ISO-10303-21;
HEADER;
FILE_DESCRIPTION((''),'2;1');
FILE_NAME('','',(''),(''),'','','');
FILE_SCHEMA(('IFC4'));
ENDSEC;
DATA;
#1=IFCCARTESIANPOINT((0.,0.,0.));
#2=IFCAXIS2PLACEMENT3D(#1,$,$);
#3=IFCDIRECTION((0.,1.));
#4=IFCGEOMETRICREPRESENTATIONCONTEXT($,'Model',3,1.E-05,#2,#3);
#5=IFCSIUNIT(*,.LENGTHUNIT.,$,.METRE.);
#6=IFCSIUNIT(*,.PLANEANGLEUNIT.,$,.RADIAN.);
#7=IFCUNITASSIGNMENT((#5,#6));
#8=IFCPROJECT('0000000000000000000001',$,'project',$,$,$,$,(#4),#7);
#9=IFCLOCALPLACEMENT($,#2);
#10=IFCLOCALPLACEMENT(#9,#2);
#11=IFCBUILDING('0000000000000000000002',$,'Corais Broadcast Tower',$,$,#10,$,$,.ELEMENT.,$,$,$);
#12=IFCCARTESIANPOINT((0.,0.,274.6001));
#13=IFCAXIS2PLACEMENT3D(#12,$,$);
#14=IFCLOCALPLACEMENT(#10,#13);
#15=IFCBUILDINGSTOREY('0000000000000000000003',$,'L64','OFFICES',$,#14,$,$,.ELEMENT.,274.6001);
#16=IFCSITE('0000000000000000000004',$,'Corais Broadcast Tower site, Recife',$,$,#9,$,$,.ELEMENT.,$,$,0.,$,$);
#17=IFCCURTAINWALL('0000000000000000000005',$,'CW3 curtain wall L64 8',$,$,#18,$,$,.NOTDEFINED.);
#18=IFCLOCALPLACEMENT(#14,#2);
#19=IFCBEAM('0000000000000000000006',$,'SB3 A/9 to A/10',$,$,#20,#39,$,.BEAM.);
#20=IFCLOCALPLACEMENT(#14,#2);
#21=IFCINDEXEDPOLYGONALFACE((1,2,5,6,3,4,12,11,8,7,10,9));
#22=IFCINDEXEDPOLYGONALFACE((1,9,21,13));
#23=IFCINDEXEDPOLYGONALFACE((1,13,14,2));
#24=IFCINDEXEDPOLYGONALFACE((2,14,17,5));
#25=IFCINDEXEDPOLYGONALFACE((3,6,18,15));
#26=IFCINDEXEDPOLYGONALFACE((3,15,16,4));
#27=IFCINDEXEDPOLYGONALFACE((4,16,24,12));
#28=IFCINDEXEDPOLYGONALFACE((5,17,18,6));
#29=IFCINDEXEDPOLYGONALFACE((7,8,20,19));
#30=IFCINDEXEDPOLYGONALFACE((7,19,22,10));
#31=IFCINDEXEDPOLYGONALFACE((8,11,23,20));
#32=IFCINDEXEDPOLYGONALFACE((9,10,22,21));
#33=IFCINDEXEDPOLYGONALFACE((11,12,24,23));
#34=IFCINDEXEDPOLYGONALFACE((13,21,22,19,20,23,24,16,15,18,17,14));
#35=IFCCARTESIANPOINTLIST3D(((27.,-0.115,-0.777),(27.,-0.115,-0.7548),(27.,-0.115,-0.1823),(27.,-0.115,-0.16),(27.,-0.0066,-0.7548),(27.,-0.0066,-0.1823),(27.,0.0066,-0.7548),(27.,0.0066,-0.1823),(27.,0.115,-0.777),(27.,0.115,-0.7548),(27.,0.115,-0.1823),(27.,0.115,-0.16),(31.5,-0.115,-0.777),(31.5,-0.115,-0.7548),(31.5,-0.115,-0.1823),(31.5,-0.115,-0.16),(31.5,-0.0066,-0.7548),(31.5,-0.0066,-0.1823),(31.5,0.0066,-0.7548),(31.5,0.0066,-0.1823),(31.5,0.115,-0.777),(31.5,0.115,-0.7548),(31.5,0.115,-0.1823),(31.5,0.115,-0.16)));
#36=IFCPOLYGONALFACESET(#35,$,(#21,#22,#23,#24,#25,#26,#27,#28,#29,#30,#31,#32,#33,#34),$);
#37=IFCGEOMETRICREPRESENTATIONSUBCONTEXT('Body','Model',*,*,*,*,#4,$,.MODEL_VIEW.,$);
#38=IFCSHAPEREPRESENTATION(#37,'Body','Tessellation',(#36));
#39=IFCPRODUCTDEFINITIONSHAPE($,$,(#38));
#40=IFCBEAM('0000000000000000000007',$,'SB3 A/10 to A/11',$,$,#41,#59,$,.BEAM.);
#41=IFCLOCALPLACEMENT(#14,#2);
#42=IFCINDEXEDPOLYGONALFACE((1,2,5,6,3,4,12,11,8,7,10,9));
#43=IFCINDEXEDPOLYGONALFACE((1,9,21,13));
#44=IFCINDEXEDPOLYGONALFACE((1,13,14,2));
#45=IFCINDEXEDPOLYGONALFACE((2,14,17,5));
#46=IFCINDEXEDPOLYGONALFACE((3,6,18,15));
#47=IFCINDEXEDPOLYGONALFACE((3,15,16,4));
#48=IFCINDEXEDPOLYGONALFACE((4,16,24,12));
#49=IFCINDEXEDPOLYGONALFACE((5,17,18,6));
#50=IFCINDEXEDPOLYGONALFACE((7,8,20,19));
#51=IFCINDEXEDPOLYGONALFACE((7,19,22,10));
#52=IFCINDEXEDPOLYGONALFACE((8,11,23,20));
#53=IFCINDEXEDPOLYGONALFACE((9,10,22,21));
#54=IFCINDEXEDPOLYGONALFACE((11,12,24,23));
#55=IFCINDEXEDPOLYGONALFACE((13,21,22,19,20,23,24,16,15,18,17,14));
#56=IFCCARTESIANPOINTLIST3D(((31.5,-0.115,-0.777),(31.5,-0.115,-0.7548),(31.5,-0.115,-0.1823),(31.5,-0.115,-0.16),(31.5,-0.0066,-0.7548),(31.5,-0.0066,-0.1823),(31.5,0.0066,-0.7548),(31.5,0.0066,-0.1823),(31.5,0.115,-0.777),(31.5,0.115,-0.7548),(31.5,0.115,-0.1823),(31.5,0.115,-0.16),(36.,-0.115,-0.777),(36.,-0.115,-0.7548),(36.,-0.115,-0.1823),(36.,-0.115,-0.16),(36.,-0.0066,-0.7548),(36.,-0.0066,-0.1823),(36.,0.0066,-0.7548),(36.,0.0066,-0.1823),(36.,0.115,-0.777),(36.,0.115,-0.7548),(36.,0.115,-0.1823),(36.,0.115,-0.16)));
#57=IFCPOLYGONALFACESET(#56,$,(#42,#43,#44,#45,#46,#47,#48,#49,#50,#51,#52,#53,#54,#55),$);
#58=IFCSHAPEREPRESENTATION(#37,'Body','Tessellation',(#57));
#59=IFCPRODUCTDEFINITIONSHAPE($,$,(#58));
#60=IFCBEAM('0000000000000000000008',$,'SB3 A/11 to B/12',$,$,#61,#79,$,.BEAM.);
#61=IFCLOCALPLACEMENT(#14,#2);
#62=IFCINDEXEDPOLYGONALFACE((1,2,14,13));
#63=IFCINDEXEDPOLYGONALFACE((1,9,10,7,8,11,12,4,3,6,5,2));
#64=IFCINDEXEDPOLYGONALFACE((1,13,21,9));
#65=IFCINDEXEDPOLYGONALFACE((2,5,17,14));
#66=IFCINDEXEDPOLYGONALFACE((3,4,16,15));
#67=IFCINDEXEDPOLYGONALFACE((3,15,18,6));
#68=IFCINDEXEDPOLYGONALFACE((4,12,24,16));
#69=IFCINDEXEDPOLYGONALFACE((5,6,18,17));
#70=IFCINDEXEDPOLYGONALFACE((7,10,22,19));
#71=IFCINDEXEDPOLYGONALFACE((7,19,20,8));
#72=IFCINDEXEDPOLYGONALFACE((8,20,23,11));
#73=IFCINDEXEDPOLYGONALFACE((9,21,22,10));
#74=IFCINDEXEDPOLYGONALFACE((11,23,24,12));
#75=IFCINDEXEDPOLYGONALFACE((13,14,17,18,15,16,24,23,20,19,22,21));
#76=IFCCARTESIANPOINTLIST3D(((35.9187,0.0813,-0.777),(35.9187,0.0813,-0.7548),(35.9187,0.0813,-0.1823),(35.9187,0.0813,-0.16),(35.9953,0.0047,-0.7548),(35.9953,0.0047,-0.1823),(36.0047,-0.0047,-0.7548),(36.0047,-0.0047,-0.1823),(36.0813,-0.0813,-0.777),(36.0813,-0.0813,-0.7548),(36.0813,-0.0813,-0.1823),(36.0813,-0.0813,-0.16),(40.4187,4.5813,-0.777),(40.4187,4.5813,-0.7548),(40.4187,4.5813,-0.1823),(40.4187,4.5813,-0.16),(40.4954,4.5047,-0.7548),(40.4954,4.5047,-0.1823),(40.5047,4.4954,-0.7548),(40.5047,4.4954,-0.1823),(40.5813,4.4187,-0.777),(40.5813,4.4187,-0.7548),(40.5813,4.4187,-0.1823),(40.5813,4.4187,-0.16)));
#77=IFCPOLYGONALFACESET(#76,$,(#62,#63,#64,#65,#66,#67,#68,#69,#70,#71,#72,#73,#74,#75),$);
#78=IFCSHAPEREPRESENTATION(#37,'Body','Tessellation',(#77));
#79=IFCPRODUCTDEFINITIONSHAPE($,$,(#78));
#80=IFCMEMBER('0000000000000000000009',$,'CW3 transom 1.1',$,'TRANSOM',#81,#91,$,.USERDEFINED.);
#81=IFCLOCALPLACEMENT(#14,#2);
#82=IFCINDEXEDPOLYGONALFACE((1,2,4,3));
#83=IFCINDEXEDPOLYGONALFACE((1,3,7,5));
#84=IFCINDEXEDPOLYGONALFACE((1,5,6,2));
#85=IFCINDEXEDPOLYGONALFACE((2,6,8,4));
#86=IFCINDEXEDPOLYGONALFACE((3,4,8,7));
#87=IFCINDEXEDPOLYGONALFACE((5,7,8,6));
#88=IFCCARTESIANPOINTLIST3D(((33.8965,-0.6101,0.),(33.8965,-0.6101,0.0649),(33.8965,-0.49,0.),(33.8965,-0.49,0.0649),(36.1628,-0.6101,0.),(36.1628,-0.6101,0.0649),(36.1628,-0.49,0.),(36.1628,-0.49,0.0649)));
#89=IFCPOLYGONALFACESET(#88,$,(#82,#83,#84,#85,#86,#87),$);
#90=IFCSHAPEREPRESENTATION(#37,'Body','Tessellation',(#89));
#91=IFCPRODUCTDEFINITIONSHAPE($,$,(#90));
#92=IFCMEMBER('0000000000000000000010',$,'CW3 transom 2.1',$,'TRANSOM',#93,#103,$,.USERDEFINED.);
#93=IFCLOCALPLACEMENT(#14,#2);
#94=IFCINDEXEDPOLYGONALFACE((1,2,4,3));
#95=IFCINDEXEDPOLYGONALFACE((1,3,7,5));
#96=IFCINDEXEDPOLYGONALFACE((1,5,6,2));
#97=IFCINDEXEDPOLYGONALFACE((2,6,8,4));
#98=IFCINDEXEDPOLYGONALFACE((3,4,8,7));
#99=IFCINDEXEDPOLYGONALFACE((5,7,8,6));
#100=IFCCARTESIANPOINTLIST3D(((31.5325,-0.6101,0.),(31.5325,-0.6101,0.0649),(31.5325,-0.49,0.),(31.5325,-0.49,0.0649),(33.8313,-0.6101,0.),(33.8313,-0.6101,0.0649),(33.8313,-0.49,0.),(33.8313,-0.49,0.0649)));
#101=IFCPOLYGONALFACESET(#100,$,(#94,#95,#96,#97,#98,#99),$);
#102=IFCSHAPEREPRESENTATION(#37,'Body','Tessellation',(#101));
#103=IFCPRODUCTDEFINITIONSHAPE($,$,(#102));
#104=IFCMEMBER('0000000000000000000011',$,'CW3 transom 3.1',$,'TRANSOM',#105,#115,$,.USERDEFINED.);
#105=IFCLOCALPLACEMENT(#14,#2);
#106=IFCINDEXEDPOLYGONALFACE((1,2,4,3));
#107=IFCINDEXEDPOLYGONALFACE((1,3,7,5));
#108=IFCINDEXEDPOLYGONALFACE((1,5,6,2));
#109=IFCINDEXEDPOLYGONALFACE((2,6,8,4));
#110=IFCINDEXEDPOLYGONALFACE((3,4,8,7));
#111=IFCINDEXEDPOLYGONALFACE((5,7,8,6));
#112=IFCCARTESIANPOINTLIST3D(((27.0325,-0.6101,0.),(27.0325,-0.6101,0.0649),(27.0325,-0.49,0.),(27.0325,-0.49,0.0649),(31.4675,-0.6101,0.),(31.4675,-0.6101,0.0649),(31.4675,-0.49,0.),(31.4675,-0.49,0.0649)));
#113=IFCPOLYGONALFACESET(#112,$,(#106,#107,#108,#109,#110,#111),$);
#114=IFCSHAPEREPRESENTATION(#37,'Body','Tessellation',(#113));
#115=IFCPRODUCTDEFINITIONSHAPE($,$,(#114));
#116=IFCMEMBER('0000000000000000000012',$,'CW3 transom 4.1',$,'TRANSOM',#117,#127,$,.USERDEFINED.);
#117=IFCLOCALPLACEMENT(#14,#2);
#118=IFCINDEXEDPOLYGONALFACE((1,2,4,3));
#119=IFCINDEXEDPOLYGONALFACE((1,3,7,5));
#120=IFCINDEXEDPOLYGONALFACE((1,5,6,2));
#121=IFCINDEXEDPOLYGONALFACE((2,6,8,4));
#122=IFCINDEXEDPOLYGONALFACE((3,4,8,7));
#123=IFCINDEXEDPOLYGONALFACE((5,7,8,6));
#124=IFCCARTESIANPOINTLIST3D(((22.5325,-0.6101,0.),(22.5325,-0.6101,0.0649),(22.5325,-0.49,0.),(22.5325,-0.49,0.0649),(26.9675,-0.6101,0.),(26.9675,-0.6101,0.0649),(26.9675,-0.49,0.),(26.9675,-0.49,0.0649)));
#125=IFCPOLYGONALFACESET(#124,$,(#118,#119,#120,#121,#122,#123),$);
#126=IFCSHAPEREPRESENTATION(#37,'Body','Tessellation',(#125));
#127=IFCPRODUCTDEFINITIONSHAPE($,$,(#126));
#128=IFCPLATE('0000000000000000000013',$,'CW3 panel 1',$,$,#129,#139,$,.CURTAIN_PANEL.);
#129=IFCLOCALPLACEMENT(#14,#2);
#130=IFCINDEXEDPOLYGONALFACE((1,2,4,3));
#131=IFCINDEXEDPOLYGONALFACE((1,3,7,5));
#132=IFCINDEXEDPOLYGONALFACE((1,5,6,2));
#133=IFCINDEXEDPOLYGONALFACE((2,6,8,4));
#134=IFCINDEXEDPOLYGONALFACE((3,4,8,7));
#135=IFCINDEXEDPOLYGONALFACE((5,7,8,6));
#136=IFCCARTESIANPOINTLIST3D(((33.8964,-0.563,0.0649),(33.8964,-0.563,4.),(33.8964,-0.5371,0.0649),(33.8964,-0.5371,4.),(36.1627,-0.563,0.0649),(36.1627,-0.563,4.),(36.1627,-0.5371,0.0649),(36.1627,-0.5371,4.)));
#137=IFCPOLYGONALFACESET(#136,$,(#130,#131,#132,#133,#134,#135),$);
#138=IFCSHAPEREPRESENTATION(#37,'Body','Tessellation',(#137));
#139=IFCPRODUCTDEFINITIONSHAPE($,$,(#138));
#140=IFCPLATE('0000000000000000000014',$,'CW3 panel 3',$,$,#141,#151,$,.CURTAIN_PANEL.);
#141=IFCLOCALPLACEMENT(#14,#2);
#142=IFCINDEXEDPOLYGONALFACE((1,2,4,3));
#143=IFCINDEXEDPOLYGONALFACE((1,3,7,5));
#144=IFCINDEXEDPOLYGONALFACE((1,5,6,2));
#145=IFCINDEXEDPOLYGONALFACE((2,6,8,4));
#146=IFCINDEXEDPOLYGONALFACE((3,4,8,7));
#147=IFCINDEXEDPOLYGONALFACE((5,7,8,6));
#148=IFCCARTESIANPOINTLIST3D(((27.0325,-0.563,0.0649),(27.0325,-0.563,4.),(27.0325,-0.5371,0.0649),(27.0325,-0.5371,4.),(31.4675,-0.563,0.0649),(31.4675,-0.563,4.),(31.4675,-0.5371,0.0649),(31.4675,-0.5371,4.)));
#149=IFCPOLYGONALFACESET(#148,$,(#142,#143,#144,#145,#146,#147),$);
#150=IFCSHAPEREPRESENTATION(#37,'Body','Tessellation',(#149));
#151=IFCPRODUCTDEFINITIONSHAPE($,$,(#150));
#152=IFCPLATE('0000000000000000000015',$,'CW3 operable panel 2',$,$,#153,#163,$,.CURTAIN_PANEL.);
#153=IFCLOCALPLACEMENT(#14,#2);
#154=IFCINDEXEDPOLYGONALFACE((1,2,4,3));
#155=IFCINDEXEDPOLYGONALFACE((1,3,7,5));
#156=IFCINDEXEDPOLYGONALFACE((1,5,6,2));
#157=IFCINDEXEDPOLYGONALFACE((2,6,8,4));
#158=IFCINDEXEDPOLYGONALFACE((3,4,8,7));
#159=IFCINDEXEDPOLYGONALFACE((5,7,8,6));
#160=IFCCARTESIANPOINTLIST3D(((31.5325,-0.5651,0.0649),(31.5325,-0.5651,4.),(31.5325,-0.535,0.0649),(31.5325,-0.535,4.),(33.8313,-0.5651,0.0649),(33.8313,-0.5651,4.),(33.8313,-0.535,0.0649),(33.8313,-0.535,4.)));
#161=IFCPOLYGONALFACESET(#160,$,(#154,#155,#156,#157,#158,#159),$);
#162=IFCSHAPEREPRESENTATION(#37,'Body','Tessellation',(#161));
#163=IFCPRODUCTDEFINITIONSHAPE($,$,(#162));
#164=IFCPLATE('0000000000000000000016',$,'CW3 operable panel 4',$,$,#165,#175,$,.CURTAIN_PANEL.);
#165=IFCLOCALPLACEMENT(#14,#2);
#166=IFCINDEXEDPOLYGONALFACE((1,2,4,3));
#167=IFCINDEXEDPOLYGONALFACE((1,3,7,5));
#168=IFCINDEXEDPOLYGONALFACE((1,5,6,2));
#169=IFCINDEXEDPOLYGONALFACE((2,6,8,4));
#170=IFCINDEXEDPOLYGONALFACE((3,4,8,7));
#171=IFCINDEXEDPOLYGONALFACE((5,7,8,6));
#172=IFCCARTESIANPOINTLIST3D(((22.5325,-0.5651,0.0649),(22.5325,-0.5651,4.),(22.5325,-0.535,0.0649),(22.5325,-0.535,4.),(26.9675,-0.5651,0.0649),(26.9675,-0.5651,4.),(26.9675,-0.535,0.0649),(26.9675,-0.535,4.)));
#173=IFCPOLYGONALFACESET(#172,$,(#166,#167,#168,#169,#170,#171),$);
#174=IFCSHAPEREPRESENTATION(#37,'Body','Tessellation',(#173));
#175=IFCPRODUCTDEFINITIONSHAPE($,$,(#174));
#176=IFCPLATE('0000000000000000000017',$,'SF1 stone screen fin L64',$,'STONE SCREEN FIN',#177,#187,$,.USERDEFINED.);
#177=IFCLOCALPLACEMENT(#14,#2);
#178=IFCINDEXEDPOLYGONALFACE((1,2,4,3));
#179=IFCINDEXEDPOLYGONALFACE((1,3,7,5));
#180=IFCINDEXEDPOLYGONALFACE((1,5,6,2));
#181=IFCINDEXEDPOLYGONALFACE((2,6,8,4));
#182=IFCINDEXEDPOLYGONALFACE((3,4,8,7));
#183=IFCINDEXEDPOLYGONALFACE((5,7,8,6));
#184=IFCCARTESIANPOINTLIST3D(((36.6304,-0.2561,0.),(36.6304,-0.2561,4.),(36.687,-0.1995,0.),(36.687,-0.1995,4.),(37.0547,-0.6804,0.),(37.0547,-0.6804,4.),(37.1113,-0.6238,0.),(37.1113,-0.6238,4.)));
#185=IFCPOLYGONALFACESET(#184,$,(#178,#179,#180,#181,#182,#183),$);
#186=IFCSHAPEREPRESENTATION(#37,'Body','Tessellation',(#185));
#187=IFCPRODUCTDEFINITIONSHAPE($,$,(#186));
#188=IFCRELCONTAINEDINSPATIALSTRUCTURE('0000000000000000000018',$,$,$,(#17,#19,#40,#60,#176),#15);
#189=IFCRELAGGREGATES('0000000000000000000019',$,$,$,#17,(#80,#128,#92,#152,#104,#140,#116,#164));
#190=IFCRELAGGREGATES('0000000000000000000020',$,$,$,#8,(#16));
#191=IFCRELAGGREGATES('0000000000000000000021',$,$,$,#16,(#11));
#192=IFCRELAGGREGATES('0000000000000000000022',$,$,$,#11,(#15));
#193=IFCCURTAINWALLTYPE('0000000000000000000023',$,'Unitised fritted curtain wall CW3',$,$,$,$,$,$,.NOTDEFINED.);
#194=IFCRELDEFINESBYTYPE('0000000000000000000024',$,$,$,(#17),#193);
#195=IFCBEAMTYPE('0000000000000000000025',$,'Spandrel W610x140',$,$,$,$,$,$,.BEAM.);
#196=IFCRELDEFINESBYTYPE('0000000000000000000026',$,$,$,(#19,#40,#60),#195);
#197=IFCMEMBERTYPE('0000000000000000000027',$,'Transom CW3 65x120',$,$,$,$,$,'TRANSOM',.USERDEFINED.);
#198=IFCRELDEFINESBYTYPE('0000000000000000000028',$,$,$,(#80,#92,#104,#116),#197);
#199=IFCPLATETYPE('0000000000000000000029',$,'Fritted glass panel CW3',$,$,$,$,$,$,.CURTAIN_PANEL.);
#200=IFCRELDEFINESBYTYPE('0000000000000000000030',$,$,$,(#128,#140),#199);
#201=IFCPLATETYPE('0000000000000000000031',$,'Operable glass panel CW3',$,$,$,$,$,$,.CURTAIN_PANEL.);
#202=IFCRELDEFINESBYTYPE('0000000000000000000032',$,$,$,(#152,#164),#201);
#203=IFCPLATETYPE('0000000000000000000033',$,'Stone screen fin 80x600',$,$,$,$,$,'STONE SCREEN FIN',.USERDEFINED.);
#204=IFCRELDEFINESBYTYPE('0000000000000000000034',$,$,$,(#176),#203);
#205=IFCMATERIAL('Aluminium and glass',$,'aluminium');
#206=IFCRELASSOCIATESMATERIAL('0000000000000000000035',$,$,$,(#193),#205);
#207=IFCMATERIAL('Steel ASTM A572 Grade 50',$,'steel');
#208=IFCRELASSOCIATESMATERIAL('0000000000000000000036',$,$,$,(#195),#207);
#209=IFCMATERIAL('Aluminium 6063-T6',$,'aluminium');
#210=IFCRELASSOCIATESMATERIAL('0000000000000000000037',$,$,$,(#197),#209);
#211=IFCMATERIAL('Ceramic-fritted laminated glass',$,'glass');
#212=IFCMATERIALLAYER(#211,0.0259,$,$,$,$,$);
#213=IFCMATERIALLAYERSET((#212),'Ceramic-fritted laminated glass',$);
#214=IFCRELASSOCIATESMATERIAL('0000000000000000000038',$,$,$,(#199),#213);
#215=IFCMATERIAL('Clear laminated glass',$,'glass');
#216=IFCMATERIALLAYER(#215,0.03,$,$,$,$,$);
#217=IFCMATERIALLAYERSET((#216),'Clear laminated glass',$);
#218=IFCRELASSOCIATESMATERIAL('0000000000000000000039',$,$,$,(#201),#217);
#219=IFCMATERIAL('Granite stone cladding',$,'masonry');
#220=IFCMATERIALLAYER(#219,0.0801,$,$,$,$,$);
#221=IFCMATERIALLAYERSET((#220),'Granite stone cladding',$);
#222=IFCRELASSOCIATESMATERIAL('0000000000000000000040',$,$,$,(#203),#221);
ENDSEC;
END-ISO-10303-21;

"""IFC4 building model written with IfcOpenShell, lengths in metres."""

from ifc_helpers import new_model, si_unit, direction, frame, origin, origin_2d, place, context, subcontext, project, spatial, rectangle, i_section, extrude, material, layer, layer_set, material_profile, profile_set, type_object, element, aggregate, save


model = new_model("IFC4")

# Units and contexts
model_context = context("Model", 3, precision=1e-05, world=origin(), true_north=direction((0.0, 1.0)))
body_context = subcontext(model_context, "Body", "Model", "MODEL_VIEW")
ifc_project = project(units=[si_unit("LENGTHUNIT", "METRE"), si_unit("PLANEANGLEUNIT", "RADIAN")], contexts=[model_context])

# Site, building, storey
site_placement = place(None, origin())
site = spatial("IfcSite", under=ifc_project, at=site_placement, Name="Corais Broadcast Tower site, Recife", CompositionType="ELEMENT", RefElevation=0.0)
building_placement = place(site_placement, origin())
building = spatial("IfcBuilding", under=site, at=building_placement, Name="Corais Broadcast Tower", CompositionType="ELEMENT")
storey_placement = place(building_placement, frame((0.0, 0.0, 274.6001)))
storey = spatial("IfcBuildingStorey", under=building, at=storey_placement, Name="L64", Description="OFFICES", CompositionType="ELEMENT", Elevation=274.6001)

# Shared definitions
ifc_material_1 = material(Name="Aluminium and glass", Category="aluminium")
curtain_wall_type = type_object("IfcCurtainWallType", Name="Unitised fritted curtain wall CW3", PredefinedType="NOTDEFINED", material=ifc_material_1)

# Curtain wall
curtain_wall_1_placement = place(storey_placement, origin())
curtain_wall_1 = element("IfcCurtainWall", 1, at=curtain_wall_1_placement, inside=storey, type_object=curtain_wall_type, Name="CW3 curtain wall L64 8", PredefinedType="NOTDEFINED")

# Beams
ifc_material_2 = material(Name="Steel ASTM A572 Grade 50", Category="steel")
ifc_material_profile_1 = material_profile(ifc_material_2, i_section(OverallWidth=0.23, OverallDepth=0.6169, WebThickness=0.0132, FlangeThickness=0.0222, at=origin_2d()), Name="W610x140")
ifc_profile_set_1 = profile_set([ifc_material_profile_1], Name="Steel ASTM A572 Grade 50")
beam_type_1 = type_object("IfcBeamType", Name="Spandrel W610x140", PredefinedType="BEAM", material=ifc_profile_set_1)
for number, where, z_axis, x_axis, name in (
    (2, (27.0, 0.0, -0.4685), (1.0, 0.0, 0.0), (0.0, 1.0, 0.0), "SB3 A/9 to A/10"),
    (3, (31.5, 0.0, -0.4685), (1.0, 0.0, 0.0), (0.0, 1.0, 0.0), "SB3 A/10 to A/11"),
):
    element("IfcBeam", number, at=place(storey_placement, frame(where, z_axis=z_axis, x_axis=x_axis)), inside=storey, type_object=beam_type_1, Name=name, PredefinedType="BEAM", context=body_context, shape_type="SweptSolid", body=[
        extrude(i_section(OverallWidth=0.23, OverallDepth=0.6169, WebThickness=0.0132, FlangeThickness=0.0222, at=origin_2d()), origin(), (0.0, 0.0, 1.0), 4.5),
    ])
beam_placement = place(storey_placement, frame((36.0, 0.0, -0.4685), z_axis=(0.707107, 0.707107, 0.0), x_axis=(-0.707107, 0.707107, 0.0)))
element("IfcBeam", 4, at=beam_placement, inside=storey, type_object=beam_type_1, Name="SB3 A/11 to B/12", PredefinedType="BEAM", context=body_context, shape_type="SweptSolid", body=[
    extrude(i_section(OverallWidth=0.23, OverallDepth=0.6169, WebThickness=0.0132, FlangeThickness=0.0222, at=origin_2d()), origin(), (0.0, 0.0, 1.0), 6.364),
])

# Members
ifc_material_3 = material(Name="Aluminium 6063-T6", Category="aluminium")
ifc_material_profile_2 = material_profile(ifc_material_3, rectangle(XDim=0.1201, YDim=0.0649, at=origin_2d()), Name="Transom CW3 65x120")
ifc_profile_set_2 = profile_set([ifc_material_profile_2], Name="Aluminium 6063-T6")
member_type_1 = type_object("IfcMemberType", Name="Transom CW3 65x120", ElementType="TRANSOM", PredefinedType="USERDEFINED", material=ifc_profile_set_2)
member_1_placement = place(storey_placement, frame((36.1628, -0.55, 0.0325), z_axis=(-1.0, 0.0, 0.0), x_axis=(0.0, -1.0, 0.0)))
member_1 = element("IfcMember", 5, at=member_1_placement, type_object=member_type_1, Name="CW3 transom 1.1", ObjectType="TRANSOM", PredefinedType="USERDEFINED", context=body_context, shape_type="SweptSolid", body=[
    extrude(rectangle(XDim=0.1201, YDim=0.0649, at=origin_2d()), origin(), (0.0, 0.0, 1.0), 2.2664),
])
member_2_placement = place(storey_placement, frame((33.8313, -0.55, 0.0325), z_axis=(-1.0, 0.0, 0.0), x_axis=(0.0, -1.0, 0.0)))
member_2 = element("IfcMember", 6, at=member_2_placement, type_object=member_type_1, Name="CW3 transom 2.1", ObjectType="TRANSOM", PredefinedType="USERDEFINED", context=body_context, shape_type="SweptSolid", body=[
    extrude(rectangle(XDim=0.1201, YDim=0.0649, at=origin_2d()), origin(), (0.0, 0.0, 1.0), 2.2988),
])
member_3_placement = place(storey_placement, frame((31.4675, -0.55, 0.0325), z_axis=(-1.0, 0.0, 0.0), x_axis=(0.0, -1.0, 0.0)))
member_3 = element("IfcMember", 7, at=member_3_placement, type_object=member_type_1, Name="CW3 transom 3.1", ObjectType="TRANSOM", PredefinedType="USERDEFINED", context=body_context, shape_type="SweptSolid", body=[
    extrude(rectangle(XDim=0.1201, YDim=0.0649, at=origin_2d()), origin(), (0.0, 0.0, 1.0), 4.4351),
])
member_4_placement = place(storey_placement, frame((26.9675, -0.55, 0.0325), z_axis=(-1.0, 0.0, 0.0), x_axis=(0.0, -1.0, 0.0)))
member_4 = element("IfcMember", 8, at=member_4_placement, type_object=member_type_1, Name="CW3 transom 4.1", ObjectType="TRANSOM", PredefinedType="USERDEFINED", context=body_context, shape_type="SweptSolid", body=[
    extrude(rectangle(XDim=0.1201, YDim=0.0649, at=origin_2d()), origin(), (0.0, 0.0, 1.0), 4.4351),
])

# Plates
ifc_material_4 = material(Name="Ceramic-fritted laminated glass", Category="glass")
ifc_layer_1 = layer(ifc_material_4, 0.0259)
ifc_layer_set_1 = layer_set([ifc_layer_1], Name="Ceramic-fritted laminated glass")
plate_type_1 = type_object("IfcPlateType", Name="Fritted glass panel CW3", PredefinedType="CURTAIN_PANEL", material=ifc_layer_set_1)
plate_1_placement = place(storey_placement, frame((35.0295, -0.55, 0.0649), z_axis=(0.0, 0.0, 1.0), x_axis=(-1.0, 0.0, 0.0)))
plate_1 = element("IfcPlate", 9, at=plate_1_placement, type_object=plate_type_1, Name="CW3 panel 1", PredefinedType="CURTAIN_PANEL", context=body_context, shape_type="SweptSolid", body=[
    extrude(rectangle(XDim=2.2664, YDim=0.0259, at=origin_2d()), origin(), (0.0, 0.0, 1.0), 3.9351),
])
plate_2_placement = place(storey_placement, frame((29.25, -0.55, 0.0649), z_axis=(0.0, 0.0, 1.0), x_axis=(-1.0, 0.0, 0.0)))
plate_2 = element("IfcPlate", 10, at=plate_2_placement, type_object=plate_type_1, Name="CW3 panel 3", PredefinedType="CURTAIN_PANEL", context=body_context, shape_type="SweptSolid", body=[
    extrude(rectangle(XDim=4.4351, YDim=0.0259, at=origin_2d()), origin(), (0.0, 0.0, 1.0), 3.9351),
])
ifc_material_5 = material(Name="Clear laminated glass", Category="glass")
ifc_layer_2 = layer(ifc_material_5, 0.03)
ifc_layer_set_2 = layer_set([ifc_layer_2], Name="Clear laminated glass")
plate_type_2 = type_object("IfcPlateType", Name="Operable glass panel CW3", PredefinedType="CURTAIN_PANEL", material=ifc_layer_set_2)
plate_3_placement = place(storey_placement, frame((32.6819, -0.55, 0.0649), z_axis=(0.0, 0.0, 1.0), x_axis=(-1.0, 0.0, 0.0)))
plate_3 = element("IfcPlate", 11, at=plate_3_placement, type_object=plate_type_2, Name="CW3 operable panel 2", PredefinedType="CURTAIN_PANEL", context=body_context, shape_type="SweptSolid", body=[
    extrude(rectangle(XDim=2.2988, YDim=0.03, at=origin_2d()), origin(), (0.0, 0.0, 1.0), 3.9351),
])
plate_4_placement = place(storey_placement, frame((24.75, -0.55, 0.0649), z_axis=(0.0, 0.0, 1.0), x_axis=(-1.0, 0.0, 0.0)))
plate_4 = element("IfcPlate", 12, at=plate_4_placement, type_object=plate_type_2, Name="CW3 operable panel 4", PredefinedType="CURTAIN_PANEL", context=body_context, shape_type="SweptSolid", body=[
    extrude(rectangle(XDim=4.4351, YDim=0.03, at=origin_2d()), origin(), (0.0, 0.0, 1.0), 3.9351),
])
aggregate(curtain_wall_1, [member_1, plate_1, member_2, plate_3, member_3, plate_2, member_4, plate_4])
ifc_material_6 = material(Name="Granite stone cladding", Category="masonry")
ifc_layer_3 = layer(ifc_material_6, 0.0801)
ifc_layer_set_3 = layer_set([ifc_layer_3], Name="Granite stone cladding")
plate_type_3 = type_object("IfcPlateType", Name="Stone screen fin 80x600", ElementType="STONE SCREEN FIN", PredefinedType="USERDEFINED", material=ifc_layer_set_3)
plate_5_placement = place(storey_placement, frame((36.8708, -0.4399, 0.0), z_axis=(0.0, 0.0, 1.0), x_axis=(-0.707107, -0.707107, 0.0)))
element("IfcPlate", 13, at=plate_5_placement, inside=storey, type_object=plate_type_3, Name="SF1 stone screen fin L64", ObjectType="STONE SCREEN FIN", PredefinedType="USERDEFINED", context=body_context, shape_type="SweptSolid", body=[
    extrude(rectangle(XDim=0.0801, YDim=0.6001, at=origin_2d()), origin(), (0.0, 0.0, 1.0), 4.0),
])

save(model, "model.ifc")
